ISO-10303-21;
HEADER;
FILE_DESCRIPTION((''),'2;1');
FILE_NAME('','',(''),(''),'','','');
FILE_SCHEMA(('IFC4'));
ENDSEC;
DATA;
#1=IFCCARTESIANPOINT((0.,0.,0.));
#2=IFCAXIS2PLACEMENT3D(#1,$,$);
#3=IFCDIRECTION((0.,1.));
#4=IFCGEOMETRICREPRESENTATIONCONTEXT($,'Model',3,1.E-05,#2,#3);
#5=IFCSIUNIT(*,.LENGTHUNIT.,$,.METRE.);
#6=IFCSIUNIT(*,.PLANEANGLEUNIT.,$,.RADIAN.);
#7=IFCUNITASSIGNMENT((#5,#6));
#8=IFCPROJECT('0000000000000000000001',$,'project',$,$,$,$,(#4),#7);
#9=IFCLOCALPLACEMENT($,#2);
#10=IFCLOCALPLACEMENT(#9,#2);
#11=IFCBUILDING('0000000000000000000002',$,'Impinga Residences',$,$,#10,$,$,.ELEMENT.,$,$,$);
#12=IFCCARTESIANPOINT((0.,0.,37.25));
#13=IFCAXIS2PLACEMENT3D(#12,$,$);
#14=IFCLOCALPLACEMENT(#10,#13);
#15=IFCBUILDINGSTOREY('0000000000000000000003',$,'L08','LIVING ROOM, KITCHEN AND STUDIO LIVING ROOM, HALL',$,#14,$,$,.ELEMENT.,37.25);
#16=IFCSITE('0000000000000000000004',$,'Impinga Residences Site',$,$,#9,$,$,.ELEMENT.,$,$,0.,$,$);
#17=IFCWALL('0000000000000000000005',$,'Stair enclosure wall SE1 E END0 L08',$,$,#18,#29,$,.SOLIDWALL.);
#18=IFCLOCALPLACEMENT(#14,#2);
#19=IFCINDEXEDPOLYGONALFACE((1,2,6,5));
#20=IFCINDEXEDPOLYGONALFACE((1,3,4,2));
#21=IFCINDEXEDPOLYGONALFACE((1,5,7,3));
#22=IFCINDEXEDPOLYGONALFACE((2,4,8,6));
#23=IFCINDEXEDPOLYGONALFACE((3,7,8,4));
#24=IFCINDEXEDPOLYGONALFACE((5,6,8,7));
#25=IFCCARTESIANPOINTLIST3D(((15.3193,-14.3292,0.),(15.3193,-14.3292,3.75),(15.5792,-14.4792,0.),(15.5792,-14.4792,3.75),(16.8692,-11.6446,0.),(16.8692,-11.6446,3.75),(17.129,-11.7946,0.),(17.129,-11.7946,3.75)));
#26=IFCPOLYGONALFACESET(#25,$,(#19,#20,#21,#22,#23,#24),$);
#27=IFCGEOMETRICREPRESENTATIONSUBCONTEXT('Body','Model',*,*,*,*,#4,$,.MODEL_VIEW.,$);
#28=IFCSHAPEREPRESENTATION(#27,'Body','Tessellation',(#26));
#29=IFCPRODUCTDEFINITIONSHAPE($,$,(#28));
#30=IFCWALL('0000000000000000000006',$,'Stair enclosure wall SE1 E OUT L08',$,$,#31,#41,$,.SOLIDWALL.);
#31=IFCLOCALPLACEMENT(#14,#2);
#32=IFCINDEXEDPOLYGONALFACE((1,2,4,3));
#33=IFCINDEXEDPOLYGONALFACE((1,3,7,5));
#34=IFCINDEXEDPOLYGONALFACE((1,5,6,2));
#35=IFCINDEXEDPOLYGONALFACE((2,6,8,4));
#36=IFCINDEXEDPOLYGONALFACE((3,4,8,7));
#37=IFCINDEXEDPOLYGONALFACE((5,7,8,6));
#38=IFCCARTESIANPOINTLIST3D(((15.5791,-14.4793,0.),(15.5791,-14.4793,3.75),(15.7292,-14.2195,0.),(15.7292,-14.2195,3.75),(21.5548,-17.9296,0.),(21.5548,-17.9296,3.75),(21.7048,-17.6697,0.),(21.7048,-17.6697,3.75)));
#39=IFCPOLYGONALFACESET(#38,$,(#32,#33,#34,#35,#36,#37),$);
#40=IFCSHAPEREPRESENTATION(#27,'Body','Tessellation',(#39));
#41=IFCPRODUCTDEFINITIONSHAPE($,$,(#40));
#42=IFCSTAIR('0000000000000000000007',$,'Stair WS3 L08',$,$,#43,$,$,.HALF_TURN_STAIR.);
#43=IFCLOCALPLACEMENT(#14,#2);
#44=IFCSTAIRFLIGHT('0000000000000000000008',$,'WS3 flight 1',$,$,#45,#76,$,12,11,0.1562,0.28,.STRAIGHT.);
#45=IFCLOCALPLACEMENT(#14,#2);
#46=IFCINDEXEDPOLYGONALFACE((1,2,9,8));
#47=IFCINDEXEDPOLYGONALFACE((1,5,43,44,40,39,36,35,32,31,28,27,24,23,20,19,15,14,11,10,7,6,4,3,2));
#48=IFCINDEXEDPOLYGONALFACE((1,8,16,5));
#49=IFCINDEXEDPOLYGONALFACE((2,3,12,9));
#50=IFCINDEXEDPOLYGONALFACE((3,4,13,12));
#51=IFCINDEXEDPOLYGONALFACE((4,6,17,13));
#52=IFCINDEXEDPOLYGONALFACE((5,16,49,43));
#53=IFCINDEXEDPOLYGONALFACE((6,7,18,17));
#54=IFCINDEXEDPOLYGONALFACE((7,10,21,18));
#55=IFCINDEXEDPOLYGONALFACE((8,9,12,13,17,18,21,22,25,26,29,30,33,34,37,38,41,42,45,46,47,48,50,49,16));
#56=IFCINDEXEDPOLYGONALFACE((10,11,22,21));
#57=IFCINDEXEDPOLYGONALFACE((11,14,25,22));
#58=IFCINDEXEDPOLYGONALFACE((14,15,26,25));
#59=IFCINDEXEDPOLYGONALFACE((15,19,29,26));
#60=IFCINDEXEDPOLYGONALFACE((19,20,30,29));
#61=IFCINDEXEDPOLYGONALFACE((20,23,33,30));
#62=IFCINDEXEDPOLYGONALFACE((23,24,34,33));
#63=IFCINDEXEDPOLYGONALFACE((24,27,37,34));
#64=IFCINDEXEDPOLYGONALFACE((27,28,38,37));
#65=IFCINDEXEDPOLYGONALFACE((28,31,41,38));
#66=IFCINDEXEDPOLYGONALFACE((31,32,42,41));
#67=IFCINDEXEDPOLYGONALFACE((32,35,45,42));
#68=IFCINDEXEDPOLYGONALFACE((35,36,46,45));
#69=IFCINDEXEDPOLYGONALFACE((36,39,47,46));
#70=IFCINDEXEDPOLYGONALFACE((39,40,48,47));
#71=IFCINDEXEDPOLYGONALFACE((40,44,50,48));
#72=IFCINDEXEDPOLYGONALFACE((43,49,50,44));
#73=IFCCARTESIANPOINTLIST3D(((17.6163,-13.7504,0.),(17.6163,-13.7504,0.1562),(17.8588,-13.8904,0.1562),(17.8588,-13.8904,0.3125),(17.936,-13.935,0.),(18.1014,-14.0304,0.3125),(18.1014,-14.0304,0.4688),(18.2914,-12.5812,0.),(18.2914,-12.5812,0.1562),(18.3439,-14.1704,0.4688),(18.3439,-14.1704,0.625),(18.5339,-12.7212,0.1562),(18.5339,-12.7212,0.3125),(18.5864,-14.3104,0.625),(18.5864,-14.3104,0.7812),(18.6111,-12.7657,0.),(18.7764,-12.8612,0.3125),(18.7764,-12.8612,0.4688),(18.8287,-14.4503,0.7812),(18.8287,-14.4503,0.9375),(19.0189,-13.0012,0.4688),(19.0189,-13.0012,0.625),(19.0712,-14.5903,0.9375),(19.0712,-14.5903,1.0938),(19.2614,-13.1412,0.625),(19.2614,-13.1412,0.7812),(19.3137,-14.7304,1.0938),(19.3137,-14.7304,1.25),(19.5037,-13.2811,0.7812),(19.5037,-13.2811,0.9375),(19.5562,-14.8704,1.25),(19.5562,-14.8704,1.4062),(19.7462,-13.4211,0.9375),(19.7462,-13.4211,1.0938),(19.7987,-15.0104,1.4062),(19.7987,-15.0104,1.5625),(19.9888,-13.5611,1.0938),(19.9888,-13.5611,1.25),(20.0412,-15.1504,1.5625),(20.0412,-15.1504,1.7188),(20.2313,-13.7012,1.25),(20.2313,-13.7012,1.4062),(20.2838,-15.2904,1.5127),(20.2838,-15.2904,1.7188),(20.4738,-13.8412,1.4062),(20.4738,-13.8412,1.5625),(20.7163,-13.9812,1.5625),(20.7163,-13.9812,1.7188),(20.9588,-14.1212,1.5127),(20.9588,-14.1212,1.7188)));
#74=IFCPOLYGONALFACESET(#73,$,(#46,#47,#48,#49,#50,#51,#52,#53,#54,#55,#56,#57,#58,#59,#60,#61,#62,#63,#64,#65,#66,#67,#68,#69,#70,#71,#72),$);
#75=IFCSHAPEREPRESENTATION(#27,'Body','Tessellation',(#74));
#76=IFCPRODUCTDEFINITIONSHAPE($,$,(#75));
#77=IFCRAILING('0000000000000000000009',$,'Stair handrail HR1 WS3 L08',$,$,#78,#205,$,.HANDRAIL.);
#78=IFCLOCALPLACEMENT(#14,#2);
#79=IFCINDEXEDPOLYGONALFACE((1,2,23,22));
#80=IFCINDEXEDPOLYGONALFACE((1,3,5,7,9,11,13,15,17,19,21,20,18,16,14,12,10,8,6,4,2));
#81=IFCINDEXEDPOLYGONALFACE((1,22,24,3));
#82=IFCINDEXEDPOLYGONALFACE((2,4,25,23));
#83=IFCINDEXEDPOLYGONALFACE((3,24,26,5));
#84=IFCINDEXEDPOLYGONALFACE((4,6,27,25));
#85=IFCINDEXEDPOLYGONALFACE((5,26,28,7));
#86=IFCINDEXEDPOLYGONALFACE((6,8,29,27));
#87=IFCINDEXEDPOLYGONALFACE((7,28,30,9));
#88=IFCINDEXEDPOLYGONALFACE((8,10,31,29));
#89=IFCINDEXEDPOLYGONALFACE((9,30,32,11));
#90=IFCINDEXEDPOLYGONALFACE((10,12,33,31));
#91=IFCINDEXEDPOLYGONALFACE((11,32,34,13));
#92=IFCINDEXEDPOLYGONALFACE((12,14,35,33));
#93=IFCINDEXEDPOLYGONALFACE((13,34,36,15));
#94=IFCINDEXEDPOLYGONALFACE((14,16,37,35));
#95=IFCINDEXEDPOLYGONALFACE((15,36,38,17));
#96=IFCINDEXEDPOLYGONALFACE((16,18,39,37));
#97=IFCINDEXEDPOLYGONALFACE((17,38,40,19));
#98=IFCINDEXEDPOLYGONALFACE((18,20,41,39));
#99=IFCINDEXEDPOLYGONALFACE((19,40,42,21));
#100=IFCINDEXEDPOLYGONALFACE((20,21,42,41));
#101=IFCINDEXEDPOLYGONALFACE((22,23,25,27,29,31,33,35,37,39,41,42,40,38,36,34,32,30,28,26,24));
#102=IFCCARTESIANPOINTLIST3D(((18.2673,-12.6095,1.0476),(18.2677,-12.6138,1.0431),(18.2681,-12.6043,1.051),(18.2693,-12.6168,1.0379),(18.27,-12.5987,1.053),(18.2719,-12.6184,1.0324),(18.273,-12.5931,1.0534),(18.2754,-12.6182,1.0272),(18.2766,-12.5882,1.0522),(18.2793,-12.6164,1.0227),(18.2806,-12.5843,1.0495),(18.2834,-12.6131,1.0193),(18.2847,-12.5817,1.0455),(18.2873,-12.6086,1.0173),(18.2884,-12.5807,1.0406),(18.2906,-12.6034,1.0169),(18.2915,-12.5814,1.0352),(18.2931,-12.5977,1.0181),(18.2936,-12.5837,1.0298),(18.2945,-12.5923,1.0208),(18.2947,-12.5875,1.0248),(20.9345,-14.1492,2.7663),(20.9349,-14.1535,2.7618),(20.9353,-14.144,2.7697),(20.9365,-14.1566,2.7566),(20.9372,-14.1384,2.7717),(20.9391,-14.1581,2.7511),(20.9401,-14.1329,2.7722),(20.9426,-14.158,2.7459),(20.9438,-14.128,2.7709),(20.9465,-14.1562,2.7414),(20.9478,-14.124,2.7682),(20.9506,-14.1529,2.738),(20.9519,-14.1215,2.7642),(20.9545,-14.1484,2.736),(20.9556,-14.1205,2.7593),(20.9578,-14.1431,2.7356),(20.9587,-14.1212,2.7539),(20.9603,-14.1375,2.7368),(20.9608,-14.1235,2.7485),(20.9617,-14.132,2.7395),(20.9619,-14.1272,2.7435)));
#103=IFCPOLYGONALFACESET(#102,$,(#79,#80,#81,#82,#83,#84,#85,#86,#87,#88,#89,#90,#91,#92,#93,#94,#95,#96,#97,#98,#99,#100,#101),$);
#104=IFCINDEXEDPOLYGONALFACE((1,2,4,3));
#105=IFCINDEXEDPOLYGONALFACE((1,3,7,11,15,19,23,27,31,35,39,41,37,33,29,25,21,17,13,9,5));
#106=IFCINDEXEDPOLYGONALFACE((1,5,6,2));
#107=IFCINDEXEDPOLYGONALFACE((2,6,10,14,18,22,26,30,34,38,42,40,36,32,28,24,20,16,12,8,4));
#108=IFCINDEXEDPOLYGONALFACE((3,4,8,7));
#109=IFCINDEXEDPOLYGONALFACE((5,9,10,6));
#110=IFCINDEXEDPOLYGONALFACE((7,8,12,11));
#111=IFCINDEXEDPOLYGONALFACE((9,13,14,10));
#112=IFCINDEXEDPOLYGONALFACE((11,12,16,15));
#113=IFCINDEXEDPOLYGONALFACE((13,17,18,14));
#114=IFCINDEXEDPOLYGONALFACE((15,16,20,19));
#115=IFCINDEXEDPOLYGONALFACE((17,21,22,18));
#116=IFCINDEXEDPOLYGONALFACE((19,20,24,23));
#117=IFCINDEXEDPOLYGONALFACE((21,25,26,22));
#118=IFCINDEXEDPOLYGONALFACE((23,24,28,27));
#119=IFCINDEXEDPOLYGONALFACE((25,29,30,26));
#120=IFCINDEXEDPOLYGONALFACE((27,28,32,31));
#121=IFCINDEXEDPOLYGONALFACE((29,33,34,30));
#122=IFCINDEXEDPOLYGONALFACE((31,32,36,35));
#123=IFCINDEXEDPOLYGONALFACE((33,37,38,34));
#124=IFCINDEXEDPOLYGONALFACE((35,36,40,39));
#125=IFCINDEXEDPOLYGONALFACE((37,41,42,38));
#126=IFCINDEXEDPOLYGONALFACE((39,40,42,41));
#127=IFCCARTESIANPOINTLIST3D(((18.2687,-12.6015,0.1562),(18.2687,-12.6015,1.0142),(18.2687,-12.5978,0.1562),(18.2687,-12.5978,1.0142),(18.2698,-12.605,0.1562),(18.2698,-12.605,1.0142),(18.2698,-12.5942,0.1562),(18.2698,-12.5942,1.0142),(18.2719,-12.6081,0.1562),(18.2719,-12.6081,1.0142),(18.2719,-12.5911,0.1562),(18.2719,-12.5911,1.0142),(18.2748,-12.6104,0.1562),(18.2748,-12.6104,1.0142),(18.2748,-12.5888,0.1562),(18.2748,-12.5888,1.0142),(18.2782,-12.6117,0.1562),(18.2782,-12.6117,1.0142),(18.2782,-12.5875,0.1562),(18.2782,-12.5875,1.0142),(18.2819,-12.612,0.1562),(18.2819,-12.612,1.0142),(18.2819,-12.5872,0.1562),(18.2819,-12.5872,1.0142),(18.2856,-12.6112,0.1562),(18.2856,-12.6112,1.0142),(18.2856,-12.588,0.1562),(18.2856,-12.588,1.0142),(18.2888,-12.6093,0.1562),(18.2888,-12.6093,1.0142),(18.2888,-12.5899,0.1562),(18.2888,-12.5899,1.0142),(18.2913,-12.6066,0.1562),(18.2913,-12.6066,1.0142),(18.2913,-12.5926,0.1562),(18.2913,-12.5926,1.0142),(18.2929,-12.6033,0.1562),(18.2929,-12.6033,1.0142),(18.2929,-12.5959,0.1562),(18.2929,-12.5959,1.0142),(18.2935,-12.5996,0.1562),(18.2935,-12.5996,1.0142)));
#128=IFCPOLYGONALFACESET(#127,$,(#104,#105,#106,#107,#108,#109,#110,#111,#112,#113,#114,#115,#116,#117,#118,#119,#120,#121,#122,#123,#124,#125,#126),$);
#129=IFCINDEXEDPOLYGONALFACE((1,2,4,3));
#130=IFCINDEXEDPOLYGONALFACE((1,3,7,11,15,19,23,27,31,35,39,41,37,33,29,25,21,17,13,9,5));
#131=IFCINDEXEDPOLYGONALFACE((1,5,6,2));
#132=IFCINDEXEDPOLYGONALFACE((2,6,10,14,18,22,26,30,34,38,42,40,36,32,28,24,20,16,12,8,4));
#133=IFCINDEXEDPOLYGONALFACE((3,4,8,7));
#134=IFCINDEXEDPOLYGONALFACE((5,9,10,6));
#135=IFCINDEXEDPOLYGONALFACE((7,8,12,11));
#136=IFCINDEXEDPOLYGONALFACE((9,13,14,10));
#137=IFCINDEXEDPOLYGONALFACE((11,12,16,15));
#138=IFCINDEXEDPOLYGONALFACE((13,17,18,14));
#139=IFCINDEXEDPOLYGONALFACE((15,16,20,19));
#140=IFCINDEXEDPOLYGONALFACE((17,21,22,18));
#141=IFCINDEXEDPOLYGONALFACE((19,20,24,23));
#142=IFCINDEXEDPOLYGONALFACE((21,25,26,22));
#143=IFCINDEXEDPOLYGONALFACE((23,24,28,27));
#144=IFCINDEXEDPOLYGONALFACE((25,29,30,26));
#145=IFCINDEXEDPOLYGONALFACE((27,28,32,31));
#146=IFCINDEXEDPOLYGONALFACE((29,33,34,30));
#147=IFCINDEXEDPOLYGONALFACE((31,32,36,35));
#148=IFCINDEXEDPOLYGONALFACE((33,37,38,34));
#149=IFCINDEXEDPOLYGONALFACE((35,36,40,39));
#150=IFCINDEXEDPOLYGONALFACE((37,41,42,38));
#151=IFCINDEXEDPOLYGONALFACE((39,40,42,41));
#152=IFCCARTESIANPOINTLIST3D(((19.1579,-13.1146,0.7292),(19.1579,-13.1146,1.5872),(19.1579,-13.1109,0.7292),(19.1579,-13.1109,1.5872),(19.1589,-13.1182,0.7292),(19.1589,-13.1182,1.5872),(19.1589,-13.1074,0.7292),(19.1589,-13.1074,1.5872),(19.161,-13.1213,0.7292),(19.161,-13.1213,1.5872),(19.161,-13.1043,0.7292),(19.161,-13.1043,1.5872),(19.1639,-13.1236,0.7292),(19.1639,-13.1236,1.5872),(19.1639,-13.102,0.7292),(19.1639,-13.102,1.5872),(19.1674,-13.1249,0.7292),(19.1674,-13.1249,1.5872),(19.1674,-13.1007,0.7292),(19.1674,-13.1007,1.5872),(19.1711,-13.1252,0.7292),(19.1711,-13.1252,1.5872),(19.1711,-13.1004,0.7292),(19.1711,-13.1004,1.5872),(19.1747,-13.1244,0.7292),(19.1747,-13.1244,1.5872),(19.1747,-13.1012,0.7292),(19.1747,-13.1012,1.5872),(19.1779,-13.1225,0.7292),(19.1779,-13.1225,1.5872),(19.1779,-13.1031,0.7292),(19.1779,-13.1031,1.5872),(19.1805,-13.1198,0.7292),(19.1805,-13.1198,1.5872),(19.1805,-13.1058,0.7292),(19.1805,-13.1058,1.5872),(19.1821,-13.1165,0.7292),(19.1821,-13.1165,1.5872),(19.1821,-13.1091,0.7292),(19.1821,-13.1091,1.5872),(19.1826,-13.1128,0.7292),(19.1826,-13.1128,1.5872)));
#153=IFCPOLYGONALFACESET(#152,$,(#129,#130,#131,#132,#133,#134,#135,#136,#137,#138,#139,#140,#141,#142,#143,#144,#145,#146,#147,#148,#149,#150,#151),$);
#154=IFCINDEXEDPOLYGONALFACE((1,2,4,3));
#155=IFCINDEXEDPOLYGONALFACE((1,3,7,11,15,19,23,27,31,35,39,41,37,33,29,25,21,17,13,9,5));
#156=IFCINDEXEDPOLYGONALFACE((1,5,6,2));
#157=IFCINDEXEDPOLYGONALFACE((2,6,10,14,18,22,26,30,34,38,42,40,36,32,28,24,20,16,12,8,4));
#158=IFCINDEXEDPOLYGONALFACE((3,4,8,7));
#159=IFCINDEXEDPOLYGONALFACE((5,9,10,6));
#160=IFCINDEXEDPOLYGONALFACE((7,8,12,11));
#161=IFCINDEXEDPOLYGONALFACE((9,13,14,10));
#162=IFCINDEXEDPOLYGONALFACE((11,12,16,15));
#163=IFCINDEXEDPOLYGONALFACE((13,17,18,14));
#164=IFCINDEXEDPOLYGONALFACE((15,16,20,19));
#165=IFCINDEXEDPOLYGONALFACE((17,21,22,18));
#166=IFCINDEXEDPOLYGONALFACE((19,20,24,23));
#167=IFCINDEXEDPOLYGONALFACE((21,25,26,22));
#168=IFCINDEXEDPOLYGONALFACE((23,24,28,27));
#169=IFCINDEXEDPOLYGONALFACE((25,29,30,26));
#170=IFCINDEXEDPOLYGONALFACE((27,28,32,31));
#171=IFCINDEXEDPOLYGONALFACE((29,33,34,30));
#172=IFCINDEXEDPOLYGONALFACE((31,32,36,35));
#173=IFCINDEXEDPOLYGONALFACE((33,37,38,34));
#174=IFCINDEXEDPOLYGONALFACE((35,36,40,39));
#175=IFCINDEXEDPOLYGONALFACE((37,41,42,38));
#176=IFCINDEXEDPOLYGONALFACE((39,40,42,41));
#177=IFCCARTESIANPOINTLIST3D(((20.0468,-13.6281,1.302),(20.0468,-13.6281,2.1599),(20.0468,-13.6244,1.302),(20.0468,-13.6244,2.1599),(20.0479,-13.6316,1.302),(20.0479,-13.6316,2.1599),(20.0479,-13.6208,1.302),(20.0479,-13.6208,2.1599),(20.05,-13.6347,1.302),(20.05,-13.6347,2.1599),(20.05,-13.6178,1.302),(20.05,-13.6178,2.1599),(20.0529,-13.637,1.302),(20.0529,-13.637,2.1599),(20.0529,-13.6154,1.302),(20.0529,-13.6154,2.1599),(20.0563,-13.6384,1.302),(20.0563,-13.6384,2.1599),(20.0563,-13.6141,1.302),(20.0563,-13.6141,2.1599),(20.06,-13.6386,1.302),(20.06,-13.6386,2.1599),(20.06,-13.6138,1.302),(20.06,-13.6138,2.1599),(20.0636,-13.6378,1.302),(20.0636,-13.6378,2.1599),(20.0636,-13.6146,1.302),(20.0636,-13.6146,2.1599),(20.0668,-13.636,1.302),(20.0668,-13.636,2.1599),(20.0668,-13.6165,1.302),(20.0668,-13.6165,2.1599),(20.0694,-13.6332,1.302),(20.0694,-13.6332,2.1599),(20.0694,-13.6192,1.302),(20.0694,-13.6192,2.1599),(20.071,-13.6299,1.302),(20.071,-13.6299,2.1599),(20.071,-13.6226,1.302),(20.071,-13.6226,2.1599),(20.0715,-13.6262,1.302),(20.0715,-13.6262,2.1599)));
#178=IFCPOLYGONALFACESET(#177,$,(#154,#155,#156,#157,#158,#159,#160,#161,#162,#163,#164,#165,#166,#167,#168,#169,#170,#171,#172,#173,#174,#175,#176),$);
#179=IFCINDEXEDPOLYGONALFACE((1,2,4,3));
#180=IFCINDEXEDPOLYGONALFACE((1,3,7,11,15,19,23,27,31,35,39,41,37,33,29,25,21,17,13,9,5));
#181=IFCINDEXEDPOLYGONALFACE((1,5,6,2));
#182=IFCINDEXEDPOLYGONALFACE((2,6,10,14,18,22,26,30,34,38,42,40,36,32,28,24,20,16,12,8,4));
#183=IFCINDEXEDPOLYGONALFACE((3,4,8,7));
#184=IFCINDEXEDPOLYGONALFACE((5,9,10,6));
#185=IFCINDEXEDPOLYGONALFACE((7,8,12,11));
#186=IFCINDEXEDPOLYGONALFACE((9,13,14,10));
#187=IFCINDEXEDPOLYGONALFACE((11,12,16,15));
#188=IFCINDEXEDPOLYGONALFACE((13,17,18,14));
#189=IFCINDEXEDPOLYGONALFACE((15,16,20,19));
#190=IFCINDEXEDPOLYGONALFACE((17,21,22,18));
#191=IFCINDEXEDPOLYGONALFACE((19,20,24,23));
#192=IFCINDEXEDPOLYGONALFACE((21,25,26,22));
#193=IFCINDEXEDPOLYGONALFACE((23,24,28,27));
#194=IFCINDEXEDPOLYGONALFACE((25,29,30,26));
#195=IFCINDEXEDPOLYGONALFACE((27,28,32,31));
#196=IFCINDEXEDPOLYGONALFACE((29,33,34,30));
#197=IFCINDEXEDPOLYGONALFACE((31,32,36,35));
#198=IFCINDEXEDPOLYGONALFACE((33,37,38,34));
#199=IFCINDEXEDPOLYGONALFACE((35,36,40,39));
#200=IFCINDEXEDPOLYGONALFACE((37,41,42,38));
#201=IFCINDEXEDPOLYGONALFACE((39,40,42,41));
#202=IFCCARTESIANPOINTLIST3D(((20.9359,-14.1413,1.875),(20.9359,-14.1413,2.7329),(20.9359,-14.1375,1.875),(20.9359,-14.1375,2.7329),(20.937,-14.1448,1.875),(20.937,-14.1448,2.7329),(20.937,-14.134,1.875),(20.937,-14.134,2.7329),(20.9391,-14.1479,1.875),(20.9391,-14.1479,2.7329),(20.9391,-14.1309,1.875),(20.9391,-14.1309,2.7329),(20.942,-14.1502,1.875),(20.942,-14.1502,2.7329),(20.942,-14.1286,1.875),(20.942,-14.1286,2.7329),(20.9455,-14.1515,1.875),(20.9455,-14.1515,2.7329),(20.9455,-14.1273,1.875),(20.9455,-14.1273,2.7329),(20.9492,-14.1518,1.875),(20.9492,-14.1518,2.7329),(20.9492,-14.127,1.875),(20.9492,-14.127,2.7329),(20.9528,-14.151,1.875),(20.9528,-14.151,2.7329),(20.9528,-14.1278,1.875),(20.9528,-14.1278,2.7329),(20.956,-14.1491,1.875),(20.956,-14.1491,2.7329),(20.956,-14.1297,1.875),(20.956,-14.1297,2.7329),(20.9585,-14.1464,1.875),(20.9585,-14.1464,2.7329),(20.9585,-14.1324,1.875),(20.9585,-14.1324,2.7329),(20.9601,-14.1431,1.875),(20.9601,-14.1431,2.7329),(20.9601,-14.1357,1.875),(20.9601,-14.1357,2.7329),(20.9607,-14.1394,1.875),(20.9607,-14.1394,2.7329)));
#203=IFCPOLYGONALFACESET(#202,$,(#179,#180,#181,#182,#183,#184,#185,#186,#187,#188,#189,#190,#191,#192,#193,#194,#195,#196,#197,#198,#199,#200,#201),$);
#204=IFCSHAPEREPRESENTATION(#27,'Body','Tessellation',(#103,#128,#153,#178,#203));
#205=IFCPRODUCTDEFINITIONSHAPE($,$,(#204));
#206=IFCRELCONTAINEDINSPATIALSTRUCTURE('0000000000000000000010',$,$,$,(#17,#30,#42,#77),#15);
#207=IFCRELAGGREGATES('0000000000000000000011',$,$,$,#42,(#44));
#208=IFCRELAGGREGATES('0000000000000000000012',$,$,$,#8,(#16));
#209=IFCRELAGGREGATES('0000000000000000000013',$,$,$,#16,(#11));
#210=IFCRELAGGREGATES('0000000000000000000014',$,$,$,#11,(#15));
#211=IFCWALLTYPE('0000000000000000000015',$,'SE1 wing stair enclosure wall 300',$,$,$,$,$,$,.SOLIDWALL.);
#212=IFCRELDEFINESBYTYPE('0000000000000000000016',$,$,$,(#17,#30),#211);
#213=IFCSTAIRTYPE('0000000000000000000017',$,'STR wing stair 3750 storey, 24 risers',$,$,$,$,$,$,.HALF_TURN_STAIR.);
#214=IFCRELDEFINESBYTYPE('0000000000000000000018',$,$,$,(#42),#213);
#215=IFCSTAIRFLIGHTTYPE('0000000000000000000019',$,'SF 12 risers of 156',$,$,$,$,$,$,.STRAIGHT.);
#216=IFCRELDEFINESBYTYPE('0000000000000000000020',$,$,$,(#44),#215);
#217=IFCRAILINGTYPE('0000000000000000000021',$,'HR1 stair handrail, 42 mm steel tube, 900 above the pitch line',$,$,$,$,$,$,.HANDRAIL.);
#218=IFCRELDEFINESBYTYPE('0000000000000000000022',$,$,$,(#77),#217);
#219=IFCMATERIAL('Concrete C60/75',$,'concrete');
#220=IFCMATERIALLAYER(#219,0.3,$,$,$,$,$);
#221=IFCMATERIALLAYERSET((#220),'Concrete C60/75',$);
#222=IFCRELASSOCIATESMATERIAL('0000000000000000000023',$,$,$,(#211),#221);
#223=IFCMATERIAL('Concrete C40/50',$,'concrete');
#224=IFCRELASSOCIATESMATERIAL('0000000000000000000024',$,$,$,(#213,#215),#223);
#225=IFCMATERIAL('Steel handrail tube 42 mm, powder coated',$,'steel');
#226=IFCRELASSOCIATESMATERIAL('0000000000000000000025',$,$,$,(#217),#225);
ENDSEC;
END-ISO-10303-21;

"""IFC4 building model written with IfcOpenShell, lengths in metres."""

from ifc_helpers import new_model, si_unit, direction, frame, frame_2d, origin, origin_2d, place, context, subcontext, project, spatial, polyline, rectangle, circle, outline, extrude, material, layer, layer_set, type_object, element, aggregate, save


model = new_model("IFC4")

# Units and contexts
model_context = context("Model", 3, precision=1e-05, world=origin(), true_north=direction((0.0, 1.0)))
body_context = subcontext(model_context, "Body", "Model", "MODEL_VIEW")
ifc_project = project(units=[si_unit("LENGTHUNIT", "METRE"), si_unit("PLANEANGLEUNIT", "RADIAN")], contexts=[model_context])

# Site, building, storey
site_placement = place(None, origin())
site = spatial("IfcSite", under=ifc_project, at=site_placement, Name="Impinga Residences Site", CompositionType="ELEMENT", RefElevation=0.0)
building_placement = place(site_placement, origin())
building = spatial("IfcBuilding", under=site, at=building_placement, Name="Impinga Residences", CompositionType="ELEMENT")
storey_placement = place(building_placement, frame((0.0, 0.0, 37.25)))
storey = spatial("IfcBuildingStorey", under=building, at=storey_placement, Name="L08", Description="LIVING ROOM, KITCHEN AND STUDIO LIVING ROOM, HALL", CompositionType="ELEMENT", Elevation=37.25)

# Shared definitions
ifc_material_1 = material(Name="Concrete C60/75", Category="concrete")

# Walls
ifc_layer_1 = layer(ifc_material_1, 0.3)
ifc_layer_set_1 = layer_set([ifc_layer_1], Name="Concrete C60/75")
wall_type_1 = type_object("IfcWallType", Name="SE1 wing stair enclosure wall 300", PredefinedType="SOLIDWALL", material=ifc_layer_set_1)
wall_1_placement = place(storey_placement, frame((16.999, -11.7197, 0.0), z_axis=(0.0, 0.0, 1.0), x_axis=(-0.499968, -0.866044, 0.0)))
element("IfcWall", 1, at=wall_1_placement, inside=storey, type_object=wall_type_1, Name="Stair enclosure wall SE1 E END0 L08", PredefinedType="SOLIDWALL", context=body_context, shape_type="SweptSolid", body=[
    extrude(rectangle(XDim=3.0999, YDim=0.3, at=frame_2d((1.5498, 0.0))), origin(), (0.0, 0.0, 1.0), 3.75),
])
wall_2_placement = place(storey_placement, frame((15.6541, -14.3494, 0.0), z_axis=(0.0, 0.0, 1.0), x_axis=(0.866014, -0.500021, 0.0)))
element("IfcWall", 2, at=wall_2_placement, inside=storey, type_object=wall_type_1, Name="Stair enclosure wall SE1 E OUT L08", PredefinedType="SOLIDWALL", context=body_context, shape_type="SweptSolid", body=[
    extrude(rectangle(XDim=6.9001, YDim=0.3, at=frame_2d((3.4502, 0.0))), origin(), (0.0, 0.0, 1.0), 3.75),
])

# Stair, stair flight
ifc_material_2 = material(Name="Concrete C40/50", Category="concrete")
stair_type = type_object("IfcStairType", Name="STR wing stair 3750 storey, 24 risers", PredefinedType="HALF_TURN_STAIR", material=ifc_material_2)
stair_placement = place(storey_placement, origin())
stair = element("IfcStair", 3, at=stair_placement, inside=storey, type_object=stair_type, Name="Stair WS3 L08", PredefinedType="HALF_TURN_STAIR")
stair_flight_type = type_object("IfcStairFlightType", Name="SF 12 risers of 156", PredefinedType="STRAIGHT", material=ifc_material_2)
stair_flight_placement = place(storey_placement, frame((17.9539, -13.1658, 0.0), z_axis=(0.0, 0.0, 1.0), x_axis=(0.866025, -0.5, 0.0)))
stair_flight = element("IfcStairFlight", 4, at=stair_flight_placement, type_object=stair_flight_type, Name="WS3 flight 1", NumberOfRisers=12, NumberOfTreads=11, PredefinedType="STRAIGHT", RiserHeight=0.1562, TreadLength=0.28, context=body_context, shape_type="SweptSolid", body=[
    extrude(outline(polyline([(0.0, 0.0), (0.0, 0.1562), (0.28, 0.1562), (0.28, 0.3125), (0.5601, 0.3125), (0.5601, 0.4688), (0.8401, 0.4688), (0.8401, 0.625), (1.1201, 0.625), (1.1201, 0.7812), (1.3999, 0.7812), (1.3999, 0.9375), (1.6799, 0.9375), (1.6799, 1.0938), (1.96, 1.0938), (1.96, 1.25), (2.24, 1.25), (2.24, 1.4062), (2.52, 1.4062), (2.52, 1.5625), (2.8, 1.5625), (2.8, 1.7188), (3.0801, 1.7188), (3.0801, 1.875), (3.0801, 1.5127), (0.3691, 0.0), (0.0, 0.0)])), frame((0.0, 0.675, 0.0), z_axis=(0.0, -1.0, 0.0), x_axis=(1.0, 0.0, 0.0)), (0.0, 0.0, 1.0), 1.3501),
])
aggregate(stair, [stair_flight])

# Railing
ifc_material_3 = material(Name="Steel handrail tube 42 mm, powder coated", Category="steel")
railing_type = type_object("IfcRailingType", Name="HR1 stair handrail, 42 mm steel tube, 900 above the pitch line", PredefinedType="HANDRAIL", material=ifc_material_3)
railing_placement = place(storey_placement, frame((18.281, -12.5996, 0.1562)))
element("IfcRailing", 5, at=railing_placement, inside=storey, type_object=railing_type, Name="Stair handrail HR1 WS3 L08", PredefinedType="HANDRAIL", context=body_context, shape_type="SweptSolid", body=[
    extrude(circle(Radius=0.021, at=origin_2d()), frame((0.0, 0.0, 0.8789), z_axis=(0.756249, -0.436582, 0.487322), x_axis=(0.499967, 0.866044, 0.0)), (0.0, 0.0, 1.0), 3.5269),
    extrude(circle(Radius=0.0125, at=origin_2d()), origin(), (0.0, 0.0, 1.0), 0.8579),
    extrude(circle(Radius=0.0125, at=origin_2d()), frame((0.8892, -0.5132, 0.573)), (0.0, 0.0, 1.0), 0.8579),
    extrude(circle(Radius=0.0125, at=origin_2d()), frame((1.7781, -1.0266, 1.1458)), (0.0, 0.0, 1.0), 0.8579),
    extrude(circle(Radius=0.0125, at=origin_2d()), frame((2.6672, -1.5398, 1.7188)), (0.0, 0.0, 1.0), 0.8579),
])

save(model, "model.ifc")
